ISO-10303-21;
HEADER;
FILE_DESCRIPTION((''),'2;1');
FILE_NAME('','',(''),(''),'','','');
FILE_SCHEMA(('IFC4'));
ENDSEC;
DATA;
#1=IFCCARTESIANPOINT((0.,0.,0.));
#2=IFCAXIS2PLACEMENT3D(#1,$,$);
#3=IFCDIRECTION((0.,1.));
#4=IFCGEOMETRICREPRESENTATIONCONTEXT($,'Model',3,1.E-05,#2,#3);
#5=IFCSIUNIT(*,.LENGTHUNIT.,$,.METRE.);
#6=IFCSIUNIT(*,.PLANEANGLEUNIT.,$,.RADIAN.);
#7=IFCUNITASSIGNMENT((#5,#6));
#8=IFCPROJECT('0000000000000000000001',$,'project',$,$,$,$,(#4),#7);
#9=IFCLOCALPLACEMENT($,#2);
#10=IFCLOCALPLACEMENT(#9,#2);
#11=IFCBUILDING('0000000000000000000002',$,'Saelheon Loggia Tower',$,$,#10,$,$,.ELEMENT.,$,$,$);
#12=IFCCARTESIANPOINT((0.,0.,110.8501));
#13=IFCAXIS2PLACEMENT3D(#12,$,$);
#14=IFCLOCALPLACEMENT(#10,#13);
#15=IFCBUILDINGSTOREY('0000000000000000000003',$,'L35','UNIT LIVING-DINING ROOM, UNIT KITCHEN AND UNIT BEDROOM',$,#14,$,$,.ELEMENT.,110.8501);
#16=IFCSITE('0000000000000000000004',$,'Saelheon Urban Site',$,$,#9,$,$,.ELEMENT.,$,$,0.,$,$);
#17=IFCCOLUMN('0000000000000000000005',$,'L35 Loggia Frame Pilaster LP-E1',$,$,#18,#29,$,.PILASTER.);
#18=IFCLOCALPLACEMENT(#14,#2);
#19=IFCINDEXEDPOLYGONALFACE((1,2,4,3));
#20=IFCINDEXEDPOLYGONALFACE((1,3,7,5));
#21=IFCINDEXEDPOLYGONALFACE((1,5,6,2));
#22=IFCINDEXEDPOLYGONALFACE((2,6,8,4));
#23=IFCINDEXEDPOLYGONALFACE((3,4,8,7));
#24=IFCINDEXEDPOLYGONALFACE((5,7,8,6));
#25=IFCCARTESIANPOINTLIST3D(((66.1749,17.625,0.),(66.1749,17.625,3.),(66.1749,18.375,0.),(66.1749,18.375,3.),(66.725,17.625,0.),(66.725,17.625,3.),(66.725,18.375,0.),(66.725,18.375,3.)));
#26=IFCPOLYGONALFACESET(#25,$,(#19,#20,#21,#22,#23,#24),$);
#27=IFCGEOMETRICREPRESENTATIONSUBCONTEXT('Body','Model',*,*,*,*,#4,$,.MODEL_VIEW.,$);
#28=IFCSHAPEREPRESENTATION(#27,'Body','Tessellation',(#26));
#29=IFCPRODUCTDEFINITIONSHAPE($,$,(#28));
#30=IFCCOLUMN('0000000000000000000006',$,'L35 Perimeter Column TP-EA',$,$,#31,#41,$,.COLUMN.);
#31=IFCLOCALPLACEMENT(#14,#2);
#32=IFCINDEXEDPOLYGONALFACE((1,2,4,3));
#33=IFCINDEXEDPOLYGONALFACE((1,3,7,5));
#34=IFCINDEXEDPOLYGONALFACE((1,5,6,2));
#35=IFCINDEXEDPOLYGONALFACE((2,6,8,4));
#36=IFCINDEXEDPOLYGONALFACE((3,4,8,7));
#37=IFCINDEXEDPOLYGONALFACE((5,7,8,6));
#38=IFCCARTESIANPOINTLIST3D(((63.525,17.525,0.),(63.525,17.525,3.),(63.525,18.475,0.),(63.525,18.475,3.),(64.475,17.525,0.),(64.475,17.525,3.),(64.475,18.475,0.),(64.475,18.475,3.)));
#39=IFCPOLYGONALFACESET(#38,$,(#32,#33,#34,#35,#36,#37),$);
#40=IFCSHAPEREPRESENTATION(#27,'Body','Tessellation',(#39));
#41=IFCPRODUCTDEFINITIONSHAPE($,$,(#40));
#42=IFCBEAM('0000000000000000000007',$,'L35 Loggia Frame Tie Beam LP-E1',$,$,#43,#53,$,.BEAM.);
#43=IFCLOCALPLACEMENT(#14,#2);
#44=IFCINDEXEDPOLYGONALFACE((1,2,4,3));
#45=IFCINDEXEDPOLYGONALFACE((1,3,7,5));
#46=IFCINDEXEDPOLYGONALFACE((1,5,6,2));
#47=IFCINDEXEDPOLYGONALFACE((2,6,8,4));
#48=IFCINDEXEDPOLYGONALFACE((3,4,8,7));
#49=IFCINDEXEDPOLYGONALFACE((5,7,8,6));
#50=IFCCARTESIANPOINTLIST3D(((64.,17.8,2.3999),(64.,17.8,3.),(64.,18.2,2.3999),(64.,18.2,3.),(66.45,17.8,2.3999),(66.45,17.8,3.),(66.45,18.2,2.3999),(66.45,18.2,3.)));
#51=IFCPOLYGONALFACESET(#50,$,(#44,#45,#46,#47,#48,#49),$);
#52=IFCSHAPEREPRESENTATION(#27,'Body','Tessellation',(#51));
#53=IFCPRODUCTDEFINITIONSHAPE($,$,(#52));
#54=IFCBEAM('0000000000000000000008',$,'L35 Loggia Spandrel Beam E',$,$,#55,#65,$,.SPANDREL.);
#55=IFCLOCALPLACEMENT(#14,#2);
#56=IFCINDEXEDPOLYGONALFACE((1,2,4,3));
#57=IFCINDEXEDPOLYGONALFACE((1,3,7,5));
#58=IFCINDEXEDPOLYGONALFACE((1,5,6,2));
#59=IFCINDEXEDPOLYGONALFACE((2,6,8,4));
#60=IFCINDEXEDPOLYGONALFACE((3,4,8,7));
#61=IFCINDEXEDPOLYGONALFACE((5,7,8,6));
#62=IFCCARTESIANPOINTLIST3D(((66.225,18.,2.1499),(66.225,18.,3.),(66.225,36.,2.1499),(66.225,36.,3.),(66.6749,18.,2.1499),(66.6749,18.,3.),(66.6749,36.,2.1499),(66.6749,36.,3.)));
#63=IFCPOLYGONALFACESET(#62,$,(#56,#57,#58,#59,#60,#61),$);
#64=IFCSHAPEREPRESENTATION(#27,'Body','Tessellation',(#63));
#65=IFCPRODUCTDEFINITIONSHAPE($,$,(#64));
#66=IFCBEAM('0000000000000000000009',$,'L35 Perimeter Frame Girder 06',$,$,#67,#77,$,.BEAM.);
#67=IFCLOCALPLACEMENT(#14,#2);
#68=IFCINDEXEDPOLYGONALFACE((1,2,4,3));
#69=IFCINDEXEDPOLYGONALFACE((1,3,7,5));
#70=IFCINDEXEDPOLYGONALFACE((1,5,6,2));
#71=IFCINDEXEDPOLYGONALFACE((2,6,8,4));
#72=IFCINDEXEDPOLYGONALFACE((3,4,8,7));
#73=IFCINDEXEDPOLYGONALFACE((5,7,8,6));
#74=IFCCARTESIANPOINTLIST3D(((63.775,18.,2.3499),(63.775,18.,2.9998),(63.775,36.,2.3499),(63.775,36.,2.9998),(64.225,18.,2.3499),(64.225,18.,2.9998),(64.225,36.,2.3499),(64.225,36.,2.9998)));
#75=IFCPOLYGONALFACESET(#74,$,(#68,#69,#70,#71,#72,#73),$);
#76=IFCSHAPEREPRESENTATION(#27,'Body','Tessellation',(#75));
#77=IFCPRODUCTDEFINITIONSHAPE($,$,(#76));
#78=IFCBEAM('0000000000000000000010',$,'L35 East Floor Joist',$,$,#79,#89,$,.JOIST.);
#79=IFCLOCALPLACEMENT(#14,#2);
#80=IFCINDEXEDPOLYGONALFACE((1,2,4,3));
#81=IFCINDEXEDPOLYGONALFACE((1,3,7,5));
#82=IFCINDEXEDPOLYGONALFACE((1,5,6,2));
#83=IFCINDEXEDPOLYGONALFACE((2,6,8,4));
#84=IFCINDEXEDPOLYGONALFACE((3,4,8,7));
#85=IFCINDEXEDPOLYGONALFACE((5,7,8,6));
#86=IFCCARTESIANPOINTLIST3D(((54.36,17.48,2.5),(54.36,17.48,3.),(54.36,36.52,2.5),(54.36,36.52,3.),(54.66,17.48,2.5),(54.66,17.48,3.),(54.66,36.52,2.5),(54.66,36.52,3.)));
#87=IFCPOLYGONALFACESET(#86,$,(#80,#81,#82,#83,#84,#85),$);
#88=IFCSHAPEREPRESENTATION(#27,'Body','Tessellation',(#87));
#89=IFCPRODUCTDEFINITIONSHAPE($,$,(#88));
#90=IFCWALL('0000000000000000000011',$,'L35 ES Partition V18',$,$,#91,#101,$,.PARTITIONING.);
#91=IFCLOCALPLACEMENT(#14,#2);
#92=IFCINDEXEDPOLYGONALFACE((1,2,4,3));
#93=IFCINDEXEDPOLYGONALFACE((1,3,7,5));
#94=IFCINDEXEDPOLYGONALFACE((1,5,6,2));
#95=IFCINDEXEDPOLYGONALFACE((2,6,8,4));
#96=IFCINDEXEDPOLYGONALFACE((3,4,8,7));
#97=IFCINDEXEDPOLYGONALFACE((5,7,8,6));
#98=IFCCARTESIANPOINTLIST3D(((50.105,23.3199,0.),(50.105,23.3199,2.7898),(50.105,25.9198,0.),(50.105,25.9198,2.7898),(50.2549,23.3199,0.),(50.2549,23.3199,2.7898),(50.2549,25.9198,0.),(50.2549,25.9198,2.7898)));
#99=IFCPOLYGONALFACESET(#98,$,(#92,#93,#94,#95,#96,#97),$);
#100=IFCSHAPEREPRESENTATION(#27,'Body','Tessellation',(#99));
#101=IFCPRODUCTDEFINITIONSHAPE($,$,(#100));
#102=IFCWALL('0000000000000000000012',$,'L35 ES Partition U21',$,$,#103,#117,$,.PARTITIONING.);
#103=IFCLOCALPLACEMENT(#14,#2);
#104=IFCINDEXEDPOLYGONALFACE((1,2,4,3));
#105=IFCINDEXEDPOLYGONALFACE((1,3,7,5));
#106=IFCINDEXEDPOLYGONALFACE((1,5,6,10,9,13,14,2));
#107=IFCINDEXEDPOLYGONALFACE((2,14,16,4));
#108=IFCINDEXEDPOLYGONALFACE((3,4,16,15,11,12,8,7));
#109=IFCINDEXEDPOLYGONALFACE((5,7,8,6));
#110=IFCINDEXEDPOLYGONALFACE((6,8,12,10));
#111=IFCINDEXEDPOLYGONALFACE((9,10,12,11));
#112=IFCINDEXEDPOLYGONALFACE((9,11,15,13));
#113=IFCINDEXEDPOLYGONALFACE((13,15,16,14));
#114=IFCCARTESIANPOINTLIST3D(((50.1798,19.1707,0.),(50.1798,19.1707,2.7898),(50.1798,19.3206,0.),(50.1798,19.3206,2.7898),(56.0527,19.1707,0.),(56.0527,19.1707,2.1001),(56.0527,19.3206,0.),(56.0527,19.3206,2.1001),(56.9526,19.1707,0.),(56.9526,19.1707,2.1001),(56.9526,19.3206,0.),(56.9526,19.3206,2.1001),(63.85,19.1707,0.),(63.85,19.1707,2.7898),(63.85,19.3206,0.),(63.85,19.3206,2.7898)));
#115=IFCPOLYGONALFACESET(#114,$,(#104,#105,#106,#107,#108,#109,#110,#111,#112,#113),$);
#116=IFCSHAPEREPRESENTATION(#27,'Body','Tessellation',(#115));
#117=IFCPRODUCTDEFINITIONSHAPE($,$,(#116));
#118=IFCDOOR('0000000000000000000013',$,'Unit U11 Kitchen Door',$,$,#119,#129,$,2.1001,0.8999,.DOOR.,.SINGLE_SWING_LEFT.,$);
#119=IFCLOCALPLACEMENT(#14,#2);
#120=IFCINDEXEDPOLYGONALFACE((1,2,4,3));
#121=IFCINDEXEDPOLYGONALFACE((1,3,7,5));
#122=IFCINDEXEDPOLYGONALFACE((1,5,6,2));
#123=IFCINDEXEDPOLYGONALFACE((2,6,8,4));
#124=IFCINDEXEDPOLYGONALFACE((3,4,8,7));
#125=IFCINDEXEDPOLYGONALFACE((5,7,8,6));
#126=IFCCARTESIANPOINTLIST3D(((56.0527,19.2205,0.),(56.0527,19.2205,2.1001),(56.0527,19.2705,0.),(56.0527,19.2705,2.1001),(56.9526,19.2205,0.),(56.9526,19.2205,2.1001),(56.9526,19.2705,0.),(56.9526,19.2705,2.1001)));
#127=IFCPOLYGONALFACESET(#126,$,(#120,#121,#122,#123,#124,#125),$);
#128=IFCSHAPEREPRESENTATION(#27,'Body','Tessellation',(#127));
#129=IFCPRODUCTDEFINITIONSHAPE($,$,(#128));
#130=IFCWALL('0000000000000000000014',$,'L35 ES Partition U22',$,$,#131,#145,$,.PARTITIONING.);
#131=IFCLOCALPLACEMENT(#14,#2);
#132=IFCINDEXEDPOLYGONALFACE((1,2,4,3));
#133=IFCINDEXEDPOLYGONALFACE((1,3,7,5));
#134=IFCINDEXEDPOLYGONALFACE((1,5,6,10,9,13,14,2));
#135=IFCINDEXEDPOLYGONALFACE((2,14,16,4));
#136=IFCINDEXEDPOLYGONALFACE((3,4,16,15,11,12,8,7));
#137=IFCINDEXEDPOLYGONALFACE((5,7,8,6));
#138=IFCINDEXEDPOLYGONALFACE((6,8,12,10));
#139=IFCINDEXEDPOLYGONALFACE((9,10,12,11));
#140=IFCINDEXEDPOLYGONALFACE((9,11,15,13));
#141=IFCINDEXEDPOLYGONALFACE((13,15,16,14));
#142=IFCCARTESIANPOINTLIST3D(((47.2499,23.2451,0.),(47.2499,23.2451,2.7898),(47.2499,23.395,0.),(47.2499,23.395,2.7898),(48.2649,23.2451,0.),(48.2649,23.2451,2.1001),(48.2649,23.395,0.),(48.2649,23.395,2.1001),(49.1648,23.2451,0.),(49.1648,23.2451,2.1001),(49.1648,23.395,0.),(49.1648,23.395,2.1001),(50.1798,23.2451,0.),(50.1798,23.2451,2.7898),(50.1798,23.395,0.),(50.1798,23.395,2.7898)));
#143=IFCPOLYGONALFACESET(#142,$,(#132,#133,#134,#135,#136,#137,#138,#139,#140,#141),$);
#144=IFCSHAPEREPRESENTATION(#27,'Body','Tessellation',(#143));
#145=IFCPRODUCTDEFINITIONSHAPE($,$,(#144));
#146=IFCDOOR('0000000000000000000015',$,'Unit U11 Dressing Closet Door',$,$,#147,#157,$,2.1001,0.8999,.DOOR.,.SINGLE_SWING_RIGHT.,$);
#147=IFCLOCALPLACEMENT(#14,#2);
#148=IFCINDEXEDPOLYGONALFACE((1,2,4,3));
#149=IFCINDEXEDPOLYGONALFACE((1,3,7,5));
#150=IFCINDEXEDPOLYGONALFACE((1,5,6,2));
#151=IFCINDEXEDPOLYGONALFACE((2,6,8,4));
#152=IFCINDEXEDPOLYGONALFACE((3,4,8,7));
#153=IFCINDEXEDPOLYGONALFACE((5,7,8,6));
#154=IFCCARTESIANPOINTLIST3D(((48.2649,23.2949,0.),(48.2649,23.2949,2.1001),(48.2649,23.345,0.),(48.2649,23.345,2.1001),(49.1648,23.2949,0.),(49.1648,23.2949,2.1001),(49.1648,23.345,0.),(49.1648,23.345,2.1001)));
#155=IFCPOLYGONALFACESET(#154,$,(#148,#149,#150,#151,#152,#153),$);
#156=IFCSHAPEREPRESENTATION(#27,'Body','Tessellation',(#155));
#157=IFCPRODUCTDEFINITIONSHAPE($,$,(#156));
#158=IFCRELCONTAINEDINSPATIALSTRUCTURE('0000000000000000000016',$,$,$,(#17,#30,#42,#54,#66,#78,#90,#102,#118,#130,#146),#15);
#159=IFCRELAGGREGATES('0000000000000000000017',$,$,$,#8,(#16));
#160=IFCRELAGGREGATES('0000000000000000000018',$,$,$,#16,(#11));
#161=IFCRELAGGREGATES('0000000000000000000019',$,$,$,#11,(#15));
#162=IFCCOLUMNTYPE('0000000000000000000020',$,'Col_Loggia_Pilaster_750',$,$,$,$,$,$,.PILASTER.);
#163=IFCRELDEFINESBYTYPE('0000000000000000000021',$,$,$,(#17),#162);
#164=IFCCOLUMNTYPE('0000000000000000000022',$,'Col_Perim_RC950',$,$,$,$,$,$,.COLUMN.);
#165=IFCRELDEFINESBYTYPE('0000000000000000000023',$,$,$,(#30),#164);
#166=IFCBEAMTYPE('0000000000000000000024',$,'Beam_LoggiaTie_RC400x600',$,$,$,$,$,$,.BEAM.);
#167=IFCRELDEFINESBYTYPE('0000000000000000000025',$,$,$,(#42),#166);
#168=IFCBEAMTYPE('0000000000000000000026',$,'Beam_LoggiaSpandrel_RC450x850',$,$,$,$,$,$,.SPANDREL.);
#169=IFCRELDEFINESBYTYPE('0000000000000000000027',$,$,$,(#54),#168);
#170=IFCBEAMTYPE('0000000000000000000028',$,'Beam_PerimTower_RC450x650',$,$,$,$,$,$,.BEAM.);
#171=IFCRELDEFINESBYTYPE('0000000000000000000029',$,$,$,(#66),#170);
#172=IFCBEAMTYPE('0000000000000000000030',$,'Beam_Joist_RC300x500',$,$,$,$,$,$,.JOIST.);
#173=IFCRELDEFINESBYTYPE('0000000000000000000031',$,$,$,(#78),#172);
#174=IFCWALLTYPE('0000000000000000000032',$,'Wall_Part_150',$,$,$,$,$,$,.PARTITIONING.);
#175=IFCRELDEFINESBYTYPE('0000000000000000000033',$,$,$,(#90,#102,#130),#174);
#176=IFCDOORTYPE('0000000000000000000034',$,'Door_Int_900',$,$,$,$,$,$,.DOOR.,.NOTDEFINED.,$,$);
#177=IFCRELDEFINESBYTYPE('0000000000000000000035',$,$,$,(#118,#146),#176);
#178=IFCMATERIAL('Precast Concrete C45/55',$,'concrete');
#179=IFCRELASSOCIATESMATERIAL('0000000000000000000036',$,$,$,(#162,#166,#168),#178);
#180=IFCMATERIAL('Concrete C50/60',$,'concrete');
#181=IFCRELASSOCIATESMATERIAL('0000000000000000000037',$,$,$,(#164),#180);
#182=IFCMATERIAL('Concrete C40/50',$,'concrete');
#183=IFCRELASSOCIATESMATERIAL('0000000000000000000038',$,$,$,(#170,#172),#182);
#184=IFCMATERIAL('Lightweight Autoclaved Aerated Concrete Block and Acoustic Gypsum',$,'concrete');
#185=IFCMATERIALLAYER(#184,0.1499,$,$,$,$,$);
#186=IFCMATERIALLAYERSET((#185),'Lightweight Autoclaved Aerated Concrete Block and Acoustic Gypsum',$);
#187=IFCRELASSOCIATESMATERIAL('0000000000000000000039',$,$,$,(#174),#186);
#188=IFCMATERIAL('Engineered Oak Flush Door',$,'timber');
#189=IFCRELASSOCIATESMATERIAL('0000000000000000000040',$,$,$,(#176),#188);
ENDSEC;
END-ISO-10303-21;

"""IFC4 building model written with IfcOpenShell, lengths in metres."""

from ifc_helpers import new_model, si_unit, direction, frame, frame_2d, origin, origin_2d, place, context, subcontext, project, spatial, rectangle, extrude, source, transform, mapped, material, layer, layer_set, material_profile, profile_set, type_object, element, fill, save


model = new_model("IFC4")

# Units and contexts
model_context = context("Model", 3, precision=1e-05, world=origin(), true_north=direction((0.0, 1.0)))
body_context = subcontext(model_context, "Body", "Model", "MODEL_VIEW")
ifc_project = project(units=[si_unit("LENGTHUNIT", "METRE"), si_unit("PLANEANGLEUNIT", "RADIAN")], contexts=[model_context])

# Site, building, storey
site_placement = place(None, origin())
site = spatial("IfcSite", under=ifc_project, at=site_placement, Name="Saelheon Urban Site", CompositionType="ELEMENT", RefElevation=0.0)
building_placement = place(site_placement, origin())
building = spatial("IfcBuilding", under=site, at=building_placement, Name="Saelheon Loggia Tower", CompositionType="ELEMENT")
storey_placement = place(building_placement, frame((0.0, 0.0, 110.8501)))
storey = spatial("IfcBuildingStorey", under=building, at=storey_placement, Name="L35", Description="UNIT LIVING-DINING ROOM, UNIT KITCHEN AND UNIT BEDROOM", CompositionType="ELEMENT", Elevation=110.8501)

# Columns
ifc_material_1 = material(Name="Precast Concrete C45/55", Category="concrete")
ifc_material_profile_1 = material_profile(ifc_material_1, rectangle(XDim=0.55, YDim=0.75, at=origin_2d()), Name="RC-550x750")
ifc_profile_set_1 = profile_set([ifc_material_profile_1], Name="Precast Concrete C45/55")
column_type_1 = type_object("IfcColumnType", Name="Col_Loggia_Pilaster_750", PredefinedType="PILASTER", material=ifc_profile_set_1)
shared_shape_1 = source(origin(), body_context, "Body", "SweptSolid", [
    extrude(rectangle(XDim=0.55, YDim=0.75, at=origin_2d()), origin(), (0.0, 0.0, 1.0), 3.0),
])
column_1_placement = place(storey_placement, frame((66.45, 18.0, 0.0), z_axis=(0.0, 0.0, 1.0), x_axis=(1.0, 0.0, 0.0)))
element("IfcColumn", 1, at=column_1_placement, inside=storey, type_object=column_type_1, Name="L35 Loggia Frame Pilaster LP-E1", PredefinedType="PILASTER", context=body_context, shape_type="MappedRepresentation", body=[
    mapped(shared_shape_1, transform((0.0, 0.0, 0.0), scale=1.0)),
])
ifc_material_2 = material(Name="Concrete C50/60", Category="concrete")
ifc_material_profile_2 = material_profile(ifc_material_2, rectangle(XDim=0.95, YDim=0.95, at=origin_2d()), Name="RC-950x950")
ifc_profile_set_2 = profile_set([ifc_material_profile_2], Name="Concrete C50/60")
column_type_2 = type_object("IfcColumnType", Name="Col_Perim_RC950", PredefinedType="COLUMN", material=ifc_profile_set_2)
shared_shape_2 = source(origin(), body_context, "Body", "SweptSolid", [
    extrude(rectangle(XDim=0.95, YDim=0.95, at=origin_2d()), origin(), (0.0, 0.0, 1.0), 3.0),
])
column_2_placement = place(storey_placement, frame((64.0, 18.0, 0.0), z_axis=(0.0, 0.0, 1.0), x_axis=(1.0, 0.0, 0.0)))
element("IfcColumn", 2, at=column_2_placement, inside=storey, type_object=column_type_2, Name="L35 Perimeter Column TP-EA", PredefinedType="COLUMN", context=body_context, shape_type="MappedRepresentation", body=[
    mapped(shared_shape_2, transform((0.0, 0.0, 0.0), scale=1.0)),
])

# Beams
ifc_material_profile_3 = material_profile(ifc_material_1, rectangle(XDim=0.3999, YDim=0.6001, at=origin_2d()), Name="RC-400x600")
ifc_profile_set_3 = profile_set([ifc_material_profile_3], Name="Precast Concrete C45/55")
beam_type_1 = type_object("IfcBeamType", Name="Beam_LoggiaTie_RC400x600", PredefinedType="BEAM", material=ifc_profile_set_3)
shared_shape_3 = source(origin(), body_context, "Body", "SweptSolid", [
    extrude(rectangle(XDim=0.3999, YDim=0.6001, at=origin_2d()), origin(), (0.0, 0.0, 1.0), 2.45),
])
beam_1_placement = place(storey_placement, frame((64.0, 18.0, 2.7), z_axis=(1.0, 0.0, 0.0), x_axis=(0.0, 1.0, 0.0)))
element("IfcBeam", 3, at=beam_1_placement, inside=storey, type_object=beam_type_1, Name="L35 Loggia Frame Tie Beam LP-E1", PredefinedType="BEAM", context=body_context, shape_type="MappedRepresentation", body=[
    mapped(shared_shape_3, transform((0.0, 0.0, 0.0), scale=1.0)),
])
ifc_material_profile_4 = material_profile(ifc_material_1, rectangle(XDim=0.45, YDim=0.8501, at=origin_2d()), Name="RC-450x850")
ifc_profile_set_4 = profile_set([ifc_material_profile_4], Name="Precast Concrete C45/55")
beam_type_2 = type_object("IfcBeamType", Name="Beam_LoggiaSpandrel_RC450x850", PredefinedType="SPANDREL", material=ifc_profile_set_4)
shared_shape_4 = source(origin(), body_context, "Body", "SweptSolid", [
    extrude(rectangle(XDim=0.45, YDim=0.8501, at=origin_2d()), origin(), (0.0, 0.0, 1.0), 18.0),
])
beam_2_placement = place(storey_placement, frame((66.45, 18.0, 2.575), z_axis=(0.0, 1.0, 0.0), x_axis=(-1.0, 0.0, 0.0)))
element("IfcBeam", 4, at=beam_2_placement, inside=storey, type_object=beam_type_2, Name="L35 Loggia Spandrel Beam E", PredefinedType="SPANDREL", context=body_context, shape_type="MappedRepresentation", body=[
    mapped(shared_shape_4, transform((0.0, 0.0, 0.0), scale=1.0)),
])
ifc_material_3 = material(Name="Concrete C40/50", Category="concrete")
ifc_material_profile_5 = material_profile(ifc_material_3, rectangle(XDim=0.45, YDim=0.6499, at=origin_2d()), Name="RC-450x650")
ifc_profile_set_5 = profile_set([ifc_material_profile_5], Name="Concrete C40/50")
beam_type_3 = type_object("IfcBeamType", Name="Beam_PerimTower_RC450x650", PredefinedType="BEAM", material=ifc_profile_set_5)
shared_shape_5 = source(origin(), body_context, "Body", "SweptSolid", [
    extrude(rectangle(XDim=0.45, YDim=0.6499, at=origin_2d()), origin(), (0.0, 0.0, 1.0), 18.0),
])
beam_3_placement = place(storey_placement, frame((64.0, 18.0, 2.6748), z_axis=(0.0, 1.0, 0.0), x_axis=(-1.0, 0.0, 0.0)))
element("IfcBeam", 5, at=beam_3_placement, inside=storey, type_object=beam_type_3, Name="L35 Perimeter Frame Girder 06", PredefinedType="BEAM", context=body_context, shape_type="MappedRepresentation", body=[
    mapped(shared_shape_5, transform((0.0, 0.0, 0.0), scale=1.0)),
])
ifc_material_profile_6 = material_profile(ifc_material_3, rectangle(XDim=0.3, YDim=0.5, at=origin_2d()), Name="RC-300x500")
ifc_profile_set_6 = profile_set([ifc_material_profile_6], Name="Concrete C40/50")
beam_type_4 = type_object("IfcBeamType", Name="Beam_Joist_RC300x500", PredefinedType="JOIST", material=ifc_profile_set_6)
shared_shape_6 = source(origin(), body_context, "Body", "SweptSolid", [
    extrude(rectangle(XDim=0.3, YDim=0.5, at=origin_2d()), origin(), (0.0, 0.0, 1.0), 19.04),
])
beam_4_placement = place(storey_placement, frame((54.51, 17.48, 2.75), z_axis=(0.0, 1.0, 0.0), x_axis=(-1.0, 0.0, 0.0)))
element("IfcBeam", 6, at=beam_4_placement, inside=storey, type_object=beam_type_4, Name="L35 East Floor Joist", PredefinedType="JOIST", context=body_context, shape_type="MappedRepresentation", body=[
    mapped(shared_shape_6, transform((0.0, 0.0, 0.0), scale=1.0)),
])

# Wall
ifc_material_4 = material(Name="Lightweight Autoclaved Aerated Concrete Block and Acoustic Gypsum", Category="concrete")
ifc_layer_1 = layer(ifc_material_4, 0.1499)
ifc_layer_set_1 = layer_set([ifc_layer_1], Name="Lightweight Autoclaved Aerated Concrete Block and Acoustic Gypsum")
wall_type_1 = type_object("IfcWallType", Name="Wall_Part_150", PredefinedType="PARTITIONING", material=ifc_layer_set_1)
wall_1_placement = place(storey_placement, frame((50.1799, 23.3201, 0.0), z_axis=(0.0, 0.0, 1.0), x_axis=(0.0, 1.0, 0.0)))
element("IfcWall", 7, at=wall_1_placement, inside=storey, type_object=wall_type_1, Name="L35 ES Partition V18", PredefinedType="PARTITIONING", context=body_context, shape_type="SweptSolid", body=[
    extrude(rectangle(XDim=2.5999, YDim=0.1499, at=frame_2d((1.2998, 0.0))), origin(), (0.0, 0.0, 1.0), 2.7898),
])

# Walls, openings, doors
wall_2_placement = place(storey_placement, frame((50.1799, 19.2456, 0.0), z_axis=(0.0, 0.0, 1.0), x_axis=(1.0, 0.0, 0.0)))
wall_2 = element("IfcWall", 8, at=wall_2_placement, inside=storey, type_object=wall_type_1, Name="L35 ES Partition U21", PredefinedType="PARTITIONING", context=body_context, shape_type="SweptSolid", body=[
    extrude(rectangle(XDim=13.6702, YDim=0.1499, at=frame_2d((6.835, 0.0))), origin(), (0.0, 0.0, 1.0), 2.7898),
])
opening_1_placement = place(wall_2_placement, frame((5.8728, 0.0, 0.0)))
opening_1 = element("IfcOpeningElement", 9, at=opening_1_placement, cuts=wall_2, PredefinedType="OPENING", context=body_context, shape_type="SweptSolid", body=[
    extrude(rectangle(XDim=0.8999, YDim=2.1001, at=frame_2d((0.45, 1.05))), frame((0.0, 0.0869, 0.0), z_axis=(0.0, -1.0, 0.0), x_axis=(1.0, 0.0, 0.0)), (0.0, 0.0, 1.0), 0.1738),
])
ifc_material_5 = material(Name="Engineered Oak Flush Door", Category="timber")
door_type_1 = type_object("IfcDoorType", Name="Door_Int_900", OperationType="NOTDEFINED", PredefinedType="DOOR", material=ifc_material_5)
shared_shape_7 = source(origin(), body_context, "Body", "SweptSolid", [
    extrude(rectangle(XDim=0.8999, YDim=2.1001, at=frame_2d((0.45, 1.05))), frame((0.0, 0.0249, 0.0), z_axis=(0.0, -1.0, 0.0), x_axis=(1.0, 0.0, 0.0)), (0.0, 0.0, 1.0), 0.05),
])
door_1_placement = place(opening_1_placement, origin())
door_1 = element("IfcDoor", 10, at=door_1_placement, inside=storey, type_object=door_type_1, Name="Unit U11 Kitchen Door", OperationType="SINGLE_SWING_LEFT", OverallHeight=2.1001, OverallWidth=0.8999, PredefinedType="DOOR", context=body_context, shape_type="MappedRepresentation", body=[
    mapped(shared_shape_7, transform((0.0, 0.0, 0.0), scale=1.0)),
])
fill(opening_1, door_1)
wall_3_placement = place(storey_placement, frame((47.25, 23.3201, 0.0), z_axis=(0.0, 0.0, 1.0), x_axis=(1.0, 0.0, 0.0)))
wall_3 = element("IfcWall", 11, at=wall_3_placement, inside=storey, type_object=wall_type_1, Name="L35 ES Partition U22", PredefinedType="PARTITIONING", context=body_context, shape_type="SweptSolid", body=[
    extrude(rectangle(XDim=2.9299, YDim=0.1499, at=frame_2d((1.4648, 0.0))), origin(), (0.0, 0.0, 1.0), 2.7898),
])
opening_2_placement = place(wall_3_placement, frame((1.0149, 0.0, 0.0)))
opening_2 = element("IfcOpeningElement", 12, at=opening_2_placement, cuts=wall_3, PredefinedType="OPENING", context=body_context, shape_type="SweptSolid", body=[
    extrude(rectangle(XDim=0.8999, YDim=2.1001, at=frame_2d((0.45, 1.05))), frame((0.0, 0.0869, 0.0), z_axis=(0.0, -1.0, 0.0), x_axis=(1.0, 0.0, 0.0)), (0.0, 0.0, 1.0), 0.1738),
])
door_2_placement = place(opening_2_placement, origin())
door_2 = element("IfcDoor", 13, at=door_2_placement, inside=storey, type_object=door_type_1, Name="Unit U11 Dressing Closet Door", OperationType="SINGLE_SWING_RIGHT", OverallHeight=2.1001, OverallWidth=0.8999, PredefinedType="DOOR", context=body_context, shape_type="MappedRepresentation", body=[
    mapped(shared_shape_7, transform((0.0, 0.0, 0.0), scale=1.0)),
])
fill(opening_2, door_2)

save(model, "model.ifc")
